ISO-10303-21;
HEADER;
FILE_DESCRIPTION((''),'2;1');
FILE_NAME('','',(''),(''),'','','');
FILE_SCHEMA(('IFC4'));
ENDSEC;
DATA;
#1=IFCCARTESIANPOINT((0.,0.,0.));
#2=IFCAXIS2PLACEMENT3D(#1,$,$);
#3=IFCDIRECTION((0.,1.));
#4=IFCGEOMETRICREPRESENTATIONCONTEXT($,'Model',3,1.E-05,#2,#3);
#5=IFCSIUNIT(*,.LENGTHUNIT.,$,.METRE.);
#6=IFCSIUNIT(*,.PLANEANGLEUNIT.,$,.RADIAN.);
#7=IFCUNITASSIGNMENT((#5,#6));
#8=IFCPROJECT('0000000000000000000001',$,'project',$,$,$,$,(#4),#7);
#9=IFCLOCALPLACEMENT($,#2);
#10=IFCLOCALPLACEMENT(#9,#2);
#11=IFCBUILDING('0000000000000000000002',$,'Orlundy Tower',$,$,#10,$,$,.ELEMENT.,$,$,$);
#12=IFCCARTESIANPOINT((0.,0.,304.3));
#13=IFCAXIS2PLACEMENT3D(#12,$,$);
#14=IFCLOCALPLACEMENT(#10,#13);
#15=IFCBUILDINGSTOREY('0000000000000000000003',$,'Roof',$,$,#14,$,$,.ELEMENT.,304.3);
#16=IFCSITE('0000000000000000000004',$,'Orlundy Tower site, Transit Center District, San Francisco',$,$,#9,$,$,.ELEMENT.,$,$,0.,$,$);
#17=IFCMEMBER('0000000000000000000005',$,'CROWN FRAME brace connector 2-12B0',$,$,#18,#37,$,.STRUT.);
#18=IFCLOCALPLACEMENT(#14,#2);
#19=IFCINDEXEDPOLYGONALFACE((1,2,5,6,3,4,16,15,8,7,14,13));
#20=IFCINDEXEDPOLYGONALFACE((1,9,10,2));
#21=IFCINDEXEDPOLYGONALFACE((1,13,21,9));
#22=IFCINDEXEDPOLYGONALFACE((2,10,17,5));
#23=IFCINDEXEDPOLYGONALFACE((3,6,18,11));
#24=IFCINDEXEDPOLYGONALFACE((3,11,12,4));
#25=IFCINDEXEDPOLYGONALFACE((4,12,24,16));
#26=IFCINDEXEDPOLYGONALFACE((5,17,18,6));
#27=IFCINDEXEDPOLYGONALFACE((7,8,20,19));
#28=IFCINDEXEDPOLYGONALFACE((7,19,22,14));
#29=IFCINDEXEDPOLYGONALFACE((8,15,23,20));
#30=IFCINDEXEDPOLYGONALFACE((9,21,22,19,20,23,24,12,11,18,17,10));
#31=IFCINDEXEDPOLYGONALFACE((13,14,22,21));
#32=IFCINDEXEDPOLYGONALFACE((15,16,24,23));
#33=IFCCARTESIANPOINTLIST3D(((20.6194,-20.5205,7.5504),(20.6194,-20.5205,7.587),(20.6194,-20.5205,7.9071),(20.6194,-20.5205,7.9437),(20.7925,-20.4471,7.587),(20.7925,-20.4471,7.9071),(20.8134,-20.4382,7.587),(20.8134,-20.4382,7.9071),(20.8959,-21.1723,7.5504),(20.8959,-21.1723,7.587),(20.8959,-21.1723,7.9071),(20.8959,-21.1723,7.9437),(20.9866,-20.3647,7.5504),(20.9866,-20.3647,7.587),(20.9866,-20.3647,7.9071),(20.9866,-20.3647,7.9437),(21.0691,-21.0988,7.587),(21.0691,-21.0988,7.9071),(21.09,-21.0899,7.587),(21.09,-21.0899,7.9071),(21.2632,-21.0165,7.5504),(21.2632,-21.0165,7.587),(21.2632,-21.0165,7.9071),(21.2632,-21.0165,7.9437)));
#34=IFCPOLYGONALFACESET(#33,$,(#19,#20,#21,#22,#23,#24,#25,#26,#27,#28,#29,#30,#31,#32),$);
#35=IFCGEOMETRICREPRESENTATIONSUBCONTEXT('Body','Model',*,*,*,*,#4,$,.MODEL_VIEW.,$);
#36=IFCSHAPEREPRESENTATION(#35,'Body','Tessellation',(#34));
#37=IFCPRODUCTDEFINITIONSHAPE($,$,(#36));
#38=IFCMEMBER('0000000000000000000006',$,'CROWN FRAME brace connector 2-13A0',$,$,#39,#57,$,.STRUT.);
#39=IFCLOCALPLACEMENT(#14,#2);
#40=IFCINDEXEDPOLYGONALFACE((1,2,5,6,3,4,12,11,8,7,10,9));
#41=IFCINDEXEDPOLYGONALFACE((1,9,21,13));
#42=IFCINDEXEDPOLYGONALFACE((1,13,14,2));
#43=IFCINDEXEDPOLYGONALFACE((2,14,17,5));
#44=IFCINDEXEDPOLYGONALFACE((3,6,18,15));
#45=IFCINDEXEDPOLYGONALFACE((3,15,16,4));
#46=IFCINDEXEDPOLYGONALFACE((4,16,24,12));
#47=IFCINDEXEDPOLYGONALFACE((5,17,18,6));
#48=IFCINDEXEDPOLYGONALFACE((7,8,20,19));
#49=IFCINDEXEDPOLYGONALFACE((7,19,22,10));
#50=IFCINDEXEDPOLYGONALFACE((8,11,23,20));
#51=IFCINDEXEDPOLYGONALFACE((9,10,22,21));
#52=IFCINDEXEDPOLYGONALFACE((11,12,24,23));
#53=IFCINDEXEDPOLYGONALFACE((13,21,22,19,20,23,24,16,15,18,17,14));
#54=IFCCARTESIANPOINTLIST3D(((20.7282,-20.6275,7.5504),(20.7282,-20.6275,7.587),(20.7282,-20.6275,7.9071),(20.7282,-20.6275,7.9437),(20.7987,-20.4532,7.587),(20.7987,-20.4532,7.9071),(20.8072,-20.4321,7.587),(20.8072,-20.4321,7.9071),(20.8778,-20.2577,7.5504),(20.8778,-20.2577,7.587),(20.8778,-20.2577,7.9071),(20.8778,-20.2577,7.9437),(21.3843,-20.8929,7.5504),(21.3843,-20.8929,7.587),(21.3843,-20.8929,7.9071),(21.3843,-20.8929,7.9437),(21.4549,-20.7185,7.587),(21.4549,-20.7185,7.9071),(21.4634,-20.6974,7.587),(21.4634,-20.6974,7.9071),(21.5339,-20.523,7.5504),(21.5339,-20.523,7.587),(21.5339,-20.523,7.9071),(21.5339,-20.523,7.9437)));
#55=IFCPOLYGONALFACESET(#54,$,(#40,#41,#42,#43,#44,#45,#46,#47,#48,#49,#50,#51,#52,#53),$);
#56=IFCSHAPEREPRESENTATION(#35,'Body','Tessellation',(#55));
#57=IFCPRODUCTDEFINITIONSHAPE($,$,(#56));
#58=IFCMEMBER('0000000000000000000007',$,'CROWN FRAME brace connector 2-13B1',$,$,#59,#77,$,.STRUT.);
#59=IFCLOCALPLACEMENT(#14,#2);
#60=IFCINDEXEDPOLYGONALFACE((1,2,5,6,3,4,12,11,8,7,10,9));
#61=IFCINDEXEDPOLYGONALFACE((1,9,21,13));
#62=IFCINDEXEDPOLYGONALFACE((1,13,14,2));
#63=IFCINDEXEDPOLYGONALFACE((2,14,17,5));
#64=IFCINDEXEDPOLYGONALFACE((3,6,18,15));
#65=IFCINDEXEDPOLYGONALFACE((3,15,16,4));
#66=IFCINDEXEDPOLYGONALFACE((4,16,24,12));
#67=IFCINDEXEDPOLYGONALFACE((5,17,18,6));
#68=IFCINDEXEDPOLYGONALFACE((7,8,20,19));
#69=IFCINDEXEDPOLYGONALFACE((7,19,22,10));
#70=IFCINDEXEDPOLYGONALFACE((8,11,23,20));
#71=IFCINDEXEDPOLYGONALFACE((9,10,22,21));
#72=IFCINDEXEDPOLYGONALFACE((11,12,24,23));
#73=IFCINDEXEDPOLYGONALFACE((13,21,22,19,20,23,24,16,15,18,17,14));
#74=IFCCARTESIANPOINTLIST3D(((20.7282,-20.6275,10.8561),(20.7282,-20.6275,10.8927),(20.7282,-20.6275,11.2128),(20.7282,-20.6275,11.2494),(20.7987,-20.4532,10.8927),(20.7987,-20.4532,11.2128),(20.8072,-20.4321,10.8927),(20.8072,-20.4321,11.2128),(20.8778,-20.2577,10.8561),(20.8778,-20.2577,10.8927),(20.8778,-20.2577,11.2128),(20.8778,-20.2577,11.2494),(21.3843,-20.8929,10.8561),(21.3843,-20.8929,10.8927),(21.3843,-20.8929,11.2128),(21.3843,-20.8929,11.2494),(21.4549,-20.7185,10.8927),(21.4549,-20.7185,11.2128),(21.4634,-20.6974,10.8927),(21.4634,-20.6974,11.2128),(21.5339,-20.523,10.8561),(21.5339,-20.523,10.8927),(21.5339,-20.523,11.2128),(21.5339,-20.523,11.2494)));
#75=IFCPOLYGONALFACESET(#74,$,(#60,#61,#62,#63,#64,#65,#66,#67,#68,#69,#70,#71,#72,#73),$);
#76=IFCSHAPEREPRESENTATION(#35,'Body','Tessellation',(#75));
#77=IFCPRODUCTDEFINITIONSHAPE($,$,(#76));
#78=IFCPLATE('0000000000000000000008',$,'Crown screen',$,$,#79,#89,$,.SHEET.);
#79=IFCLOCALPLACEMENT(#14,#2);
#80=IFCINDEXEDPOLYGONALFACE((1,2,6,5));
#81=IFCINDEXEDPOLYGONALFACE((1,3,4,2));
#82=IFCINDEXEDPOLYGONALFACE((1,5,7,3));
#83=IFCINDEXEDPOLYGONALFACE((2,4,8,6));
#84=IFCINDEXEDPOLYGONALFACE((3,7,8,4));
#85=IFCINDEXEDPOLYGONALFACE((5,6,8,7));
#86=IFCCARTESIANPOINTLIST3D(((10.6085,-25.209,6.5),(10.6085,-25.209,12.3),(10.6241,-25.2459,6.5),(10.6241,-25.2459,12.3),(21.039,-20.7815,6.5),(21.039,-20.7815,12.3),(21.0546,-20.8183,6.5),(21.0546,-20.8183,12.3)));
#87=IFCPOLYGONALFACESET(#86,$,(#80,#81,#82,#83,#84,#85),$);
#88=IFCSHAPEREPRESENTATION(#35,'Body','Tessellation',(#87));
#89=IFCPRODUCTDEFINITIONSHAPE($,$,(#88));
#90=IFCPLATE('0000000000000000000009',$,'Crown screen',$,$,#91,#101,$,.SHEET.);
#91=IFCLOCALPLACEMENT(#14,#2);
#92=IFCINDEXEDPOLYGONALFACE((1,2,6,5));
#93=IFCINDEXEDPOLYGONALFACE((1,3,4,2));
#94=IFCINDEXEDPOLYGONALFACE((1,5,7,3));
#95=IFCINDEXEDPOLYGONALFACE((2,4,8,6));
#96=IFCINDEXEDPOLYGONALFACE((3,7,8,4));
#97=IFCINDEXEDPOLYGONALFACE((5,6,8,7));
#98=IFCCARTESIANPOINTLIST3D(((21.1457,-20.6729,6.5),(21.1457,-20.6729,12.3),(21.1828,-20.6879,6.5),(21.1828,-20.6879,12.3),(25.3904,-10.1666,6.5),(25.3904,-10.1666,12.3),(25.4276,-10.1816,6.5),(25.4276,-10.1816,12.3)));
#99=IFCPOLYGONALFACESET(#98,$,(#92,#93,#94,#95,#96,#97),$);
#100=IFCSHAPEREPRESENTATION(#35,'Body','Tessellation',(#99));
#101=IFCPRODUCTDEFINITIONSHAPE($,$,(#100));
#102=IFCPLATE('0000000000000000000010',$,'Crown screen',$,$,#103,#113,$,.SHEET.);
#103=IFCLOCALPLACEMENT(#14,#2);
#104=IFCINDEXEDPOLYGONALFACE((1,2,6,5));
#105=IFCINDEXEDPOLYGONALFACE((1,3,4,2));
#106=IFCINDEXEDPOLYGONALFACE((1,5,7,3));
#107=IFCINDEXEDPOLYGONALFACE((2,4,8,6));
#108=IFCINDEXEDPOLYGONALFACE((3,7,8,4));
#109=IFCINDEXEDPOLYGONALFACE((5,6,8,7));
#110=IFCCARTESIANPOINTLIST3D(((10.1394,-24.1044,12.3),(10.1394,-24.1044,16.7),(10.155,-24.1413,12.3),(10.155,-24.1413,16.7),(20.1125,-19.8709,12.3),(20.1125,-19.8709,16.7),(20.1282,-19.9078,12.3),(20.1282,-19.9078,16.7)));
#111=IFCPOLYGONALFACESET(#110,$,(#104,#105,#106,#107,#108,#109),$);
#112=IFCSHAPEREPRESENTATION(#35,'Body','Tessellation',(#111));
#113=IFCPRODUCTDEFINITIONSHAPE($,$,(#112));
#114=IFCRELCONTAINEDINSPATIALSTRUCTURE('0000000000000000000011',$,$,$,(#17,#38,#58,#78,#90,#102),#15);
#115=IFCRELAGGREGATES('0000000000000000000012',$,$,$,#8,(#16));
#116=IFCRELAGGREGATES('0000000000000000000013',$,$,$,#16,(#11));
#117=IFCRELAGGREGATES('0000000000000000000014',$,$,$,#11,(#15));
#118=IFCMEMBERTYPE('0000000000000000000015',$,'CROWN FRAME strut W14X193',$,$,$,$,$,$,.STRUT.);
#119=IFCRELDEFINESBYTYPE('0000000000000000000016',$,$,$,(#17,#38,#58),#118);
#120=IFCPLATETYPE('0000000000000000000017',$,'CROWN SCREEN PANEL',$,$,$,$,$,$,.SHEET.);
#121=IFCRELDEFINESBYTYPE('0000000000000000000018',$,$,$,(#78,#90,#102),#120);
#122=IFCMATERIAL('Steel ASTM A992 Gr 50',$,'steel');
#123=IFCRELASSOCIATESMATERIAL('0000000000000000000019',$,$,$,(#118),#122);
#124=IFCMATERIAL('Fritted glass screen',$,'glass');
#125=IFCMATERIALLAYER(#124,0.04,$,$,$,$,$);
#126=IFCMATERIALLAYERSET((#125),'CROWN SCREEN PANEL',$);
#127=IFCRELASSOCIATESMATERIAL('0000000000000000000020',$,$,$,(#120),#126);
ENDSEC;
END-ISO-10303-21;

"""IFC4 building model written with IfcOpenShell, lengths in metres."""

from ifc_helpers import new_model, si_unit, direction, frame, origin, origin_2d, place, context, subcontext, project, spatial, rectangle, i_section, extrude, material, layer, layer_set, material_profile, profile_set, type_object, element, save


model = new_model("IFC4")

# Units and contexts
model_context = context("Model", 3, precision=1e-05, world=origin(), true_north=direction((0.0, 1.0)))
body_context = subcontext(model_context, "Body", "Model", "MODEL_VIEW")
ifc_project = project(units=[si_unit("LENGTHUNIT", "METRE"), si_unit("PLANEANGLEUNIT", "RADIAN")], contexts=[model_context])

# Site, building, storey
site_placement = place(None, origin())
site = spatial("IfcSite", under=ifc_project, at=site_placement, Name="Orlundy Tower site, Transit Center District, San Francisco", CompositionType="ELEMENT", RefElevation=0.0)
building_placement = place(site_placement, origin())
building = spatial("IfcBuilding", under=site, at=building_placement, Name="Orlundy Tower", CompositionType="ELEMENT")
storey_placement = place(building_placement, frame((0.0, 0.0, 304.3)))
storey = spatial("IfcBuildingStorey", under=building, at=storey_placement, Name="Roof", CompositionType="ELEMENT", Elevation=304.3)

# Members
ifc_material_1 = material(Name="Steel ASTM A992 Gr 50", Category="steel")
ifc_material_profile_1 = material_profile(ifc_material_1, i_section(OverallWidth=0.3989, OverallDepth=0.3933, WebThickness=0.0227, FlangeThickness=0.0366, at=origin_2d()), Name="W14X193")
ifc_profile_set_1 = profile_set([ifc_material_profile_1], Name="Steel ASTM A992 Gr 50")
member_type_1 = type_object("IfcMemberType", Name="CROWN FRAME strut W14X193", PredefinedType="STRUT", material=ifc_profile_set_1)
for number, where, z_axis, x_axis, name in (
    (1, (20.803, -20.4426, 7.7471), (0.39063, -0.920548, 0.0), (0.920548, 0.39063, 0.0), "CROWN FRAME brace connector 2-12B0"),
):
    element("IfcMember", number, at=place(storey_placement, frame(where, z_axis=z_axis, x_axis=x_axis)), inside=storey, type_object=member_type_1, Name=name, PredefinedType="STRUT", context=body_context, shape_type="SweptSolid", body=[
        extrude(i_section(OverallWidth=0.3989, OverallDepth=0.3933, WebThickness=0.0227, FlangeThickness=0.0366, at=origin_2d()), origin(), (0.0, 0.0, 1.0), 0.708),
    ])
for number, where, z_axis, x_axis, name in (
    (2, (20.803, -20.4426, 7.7471), (0.927067, -0.374896, 0.0), (0.374896, 0.927067, 0.0), "CROWN FRAME brace connector 2-13A0"),
    (3, (20.803, -20.4426, 11.0527), (0.927067, -0.374896, 0.0), (0.374896, 0.927067, 0.0), "CROWN FRAME brace connector 2-13B1"),
):
    element("IfcMember", number, at=place(storey_placement, frame(where, z_axis=z_axis, x_axis=x_axis)), inside=storey, type_object=member_type_1, Name=name, PredefinedType="STRUT", context=body_context, shape_type="SweptSolid", body=[
        extrude(i_section(OverallWidth=0.3989, OverallDepth=0.3933, WebThickness=0.0227, FlangeThickness=0.0366, at=origin_2d()), origin(), (0.0, 0.0, 1.0), 0.7078),
    ])

# Plates
ifc_material_2 = material(Name="Fritted glass screen", Category="glass")
ifc_layer = layer(ifc_material_2, 0.04)
ifc_layer_set = layer_set([ifc_layer], Name="CROWN SCREEN PANEL")
plate_type = type_object("IfcPlateType", Name="CROWN SCREEN PANEL", PredefinedType="SHEET", material=ifc_layer_set)
for number, where, z_axis, x_axis, name in (
    (4, (15.8315, -23.0137, 6.5), (0.0, 0.0, 1.0), (0.920502, 0.390739, 0.0), "Crown screen"),
    (5, (23.2866, -15.4272, 6.5), (0.0, 0.0, 1.0), (0.374603, 0.927185, 0.0), "Crown screen"),
):
    element("IfcPlate", number, at=place(storey_placement, frame(where, z_axis=z_axis, x_axis=x_axis)), inside=storey, type_object=plate_type, Name=name, PredefinedType="SHEET", context=body_context, shape_type="SweptSolid", body=[
        extrude(rectangle(XDim=11.3313, YDim=0.04, at=origin_2d()), origin(), (0.0, 0.0, 1.0), 5.8),
    ])
plate_placement = place(storey_placement, frame((15.1338, -22.0061, 12.3), z_axis=(0.0, 0.0, 1.0), x_axis=(0.920501, 0.390739, 0.0)))
element("IfcPlate", 6, at=plate_placement, inside=storey, type_object=plate_type, Name="Crown screen", PredefinedType="SHEET", context=body_context, shape_type="SweptSolid", body=[
    extrude(rectangle(XDim=10.8345, YDim=0.04, at=origin_2d()), origin(), (0.0, 0.0, 1.0), 4.3999),
])

save(model, "model.ifc")
